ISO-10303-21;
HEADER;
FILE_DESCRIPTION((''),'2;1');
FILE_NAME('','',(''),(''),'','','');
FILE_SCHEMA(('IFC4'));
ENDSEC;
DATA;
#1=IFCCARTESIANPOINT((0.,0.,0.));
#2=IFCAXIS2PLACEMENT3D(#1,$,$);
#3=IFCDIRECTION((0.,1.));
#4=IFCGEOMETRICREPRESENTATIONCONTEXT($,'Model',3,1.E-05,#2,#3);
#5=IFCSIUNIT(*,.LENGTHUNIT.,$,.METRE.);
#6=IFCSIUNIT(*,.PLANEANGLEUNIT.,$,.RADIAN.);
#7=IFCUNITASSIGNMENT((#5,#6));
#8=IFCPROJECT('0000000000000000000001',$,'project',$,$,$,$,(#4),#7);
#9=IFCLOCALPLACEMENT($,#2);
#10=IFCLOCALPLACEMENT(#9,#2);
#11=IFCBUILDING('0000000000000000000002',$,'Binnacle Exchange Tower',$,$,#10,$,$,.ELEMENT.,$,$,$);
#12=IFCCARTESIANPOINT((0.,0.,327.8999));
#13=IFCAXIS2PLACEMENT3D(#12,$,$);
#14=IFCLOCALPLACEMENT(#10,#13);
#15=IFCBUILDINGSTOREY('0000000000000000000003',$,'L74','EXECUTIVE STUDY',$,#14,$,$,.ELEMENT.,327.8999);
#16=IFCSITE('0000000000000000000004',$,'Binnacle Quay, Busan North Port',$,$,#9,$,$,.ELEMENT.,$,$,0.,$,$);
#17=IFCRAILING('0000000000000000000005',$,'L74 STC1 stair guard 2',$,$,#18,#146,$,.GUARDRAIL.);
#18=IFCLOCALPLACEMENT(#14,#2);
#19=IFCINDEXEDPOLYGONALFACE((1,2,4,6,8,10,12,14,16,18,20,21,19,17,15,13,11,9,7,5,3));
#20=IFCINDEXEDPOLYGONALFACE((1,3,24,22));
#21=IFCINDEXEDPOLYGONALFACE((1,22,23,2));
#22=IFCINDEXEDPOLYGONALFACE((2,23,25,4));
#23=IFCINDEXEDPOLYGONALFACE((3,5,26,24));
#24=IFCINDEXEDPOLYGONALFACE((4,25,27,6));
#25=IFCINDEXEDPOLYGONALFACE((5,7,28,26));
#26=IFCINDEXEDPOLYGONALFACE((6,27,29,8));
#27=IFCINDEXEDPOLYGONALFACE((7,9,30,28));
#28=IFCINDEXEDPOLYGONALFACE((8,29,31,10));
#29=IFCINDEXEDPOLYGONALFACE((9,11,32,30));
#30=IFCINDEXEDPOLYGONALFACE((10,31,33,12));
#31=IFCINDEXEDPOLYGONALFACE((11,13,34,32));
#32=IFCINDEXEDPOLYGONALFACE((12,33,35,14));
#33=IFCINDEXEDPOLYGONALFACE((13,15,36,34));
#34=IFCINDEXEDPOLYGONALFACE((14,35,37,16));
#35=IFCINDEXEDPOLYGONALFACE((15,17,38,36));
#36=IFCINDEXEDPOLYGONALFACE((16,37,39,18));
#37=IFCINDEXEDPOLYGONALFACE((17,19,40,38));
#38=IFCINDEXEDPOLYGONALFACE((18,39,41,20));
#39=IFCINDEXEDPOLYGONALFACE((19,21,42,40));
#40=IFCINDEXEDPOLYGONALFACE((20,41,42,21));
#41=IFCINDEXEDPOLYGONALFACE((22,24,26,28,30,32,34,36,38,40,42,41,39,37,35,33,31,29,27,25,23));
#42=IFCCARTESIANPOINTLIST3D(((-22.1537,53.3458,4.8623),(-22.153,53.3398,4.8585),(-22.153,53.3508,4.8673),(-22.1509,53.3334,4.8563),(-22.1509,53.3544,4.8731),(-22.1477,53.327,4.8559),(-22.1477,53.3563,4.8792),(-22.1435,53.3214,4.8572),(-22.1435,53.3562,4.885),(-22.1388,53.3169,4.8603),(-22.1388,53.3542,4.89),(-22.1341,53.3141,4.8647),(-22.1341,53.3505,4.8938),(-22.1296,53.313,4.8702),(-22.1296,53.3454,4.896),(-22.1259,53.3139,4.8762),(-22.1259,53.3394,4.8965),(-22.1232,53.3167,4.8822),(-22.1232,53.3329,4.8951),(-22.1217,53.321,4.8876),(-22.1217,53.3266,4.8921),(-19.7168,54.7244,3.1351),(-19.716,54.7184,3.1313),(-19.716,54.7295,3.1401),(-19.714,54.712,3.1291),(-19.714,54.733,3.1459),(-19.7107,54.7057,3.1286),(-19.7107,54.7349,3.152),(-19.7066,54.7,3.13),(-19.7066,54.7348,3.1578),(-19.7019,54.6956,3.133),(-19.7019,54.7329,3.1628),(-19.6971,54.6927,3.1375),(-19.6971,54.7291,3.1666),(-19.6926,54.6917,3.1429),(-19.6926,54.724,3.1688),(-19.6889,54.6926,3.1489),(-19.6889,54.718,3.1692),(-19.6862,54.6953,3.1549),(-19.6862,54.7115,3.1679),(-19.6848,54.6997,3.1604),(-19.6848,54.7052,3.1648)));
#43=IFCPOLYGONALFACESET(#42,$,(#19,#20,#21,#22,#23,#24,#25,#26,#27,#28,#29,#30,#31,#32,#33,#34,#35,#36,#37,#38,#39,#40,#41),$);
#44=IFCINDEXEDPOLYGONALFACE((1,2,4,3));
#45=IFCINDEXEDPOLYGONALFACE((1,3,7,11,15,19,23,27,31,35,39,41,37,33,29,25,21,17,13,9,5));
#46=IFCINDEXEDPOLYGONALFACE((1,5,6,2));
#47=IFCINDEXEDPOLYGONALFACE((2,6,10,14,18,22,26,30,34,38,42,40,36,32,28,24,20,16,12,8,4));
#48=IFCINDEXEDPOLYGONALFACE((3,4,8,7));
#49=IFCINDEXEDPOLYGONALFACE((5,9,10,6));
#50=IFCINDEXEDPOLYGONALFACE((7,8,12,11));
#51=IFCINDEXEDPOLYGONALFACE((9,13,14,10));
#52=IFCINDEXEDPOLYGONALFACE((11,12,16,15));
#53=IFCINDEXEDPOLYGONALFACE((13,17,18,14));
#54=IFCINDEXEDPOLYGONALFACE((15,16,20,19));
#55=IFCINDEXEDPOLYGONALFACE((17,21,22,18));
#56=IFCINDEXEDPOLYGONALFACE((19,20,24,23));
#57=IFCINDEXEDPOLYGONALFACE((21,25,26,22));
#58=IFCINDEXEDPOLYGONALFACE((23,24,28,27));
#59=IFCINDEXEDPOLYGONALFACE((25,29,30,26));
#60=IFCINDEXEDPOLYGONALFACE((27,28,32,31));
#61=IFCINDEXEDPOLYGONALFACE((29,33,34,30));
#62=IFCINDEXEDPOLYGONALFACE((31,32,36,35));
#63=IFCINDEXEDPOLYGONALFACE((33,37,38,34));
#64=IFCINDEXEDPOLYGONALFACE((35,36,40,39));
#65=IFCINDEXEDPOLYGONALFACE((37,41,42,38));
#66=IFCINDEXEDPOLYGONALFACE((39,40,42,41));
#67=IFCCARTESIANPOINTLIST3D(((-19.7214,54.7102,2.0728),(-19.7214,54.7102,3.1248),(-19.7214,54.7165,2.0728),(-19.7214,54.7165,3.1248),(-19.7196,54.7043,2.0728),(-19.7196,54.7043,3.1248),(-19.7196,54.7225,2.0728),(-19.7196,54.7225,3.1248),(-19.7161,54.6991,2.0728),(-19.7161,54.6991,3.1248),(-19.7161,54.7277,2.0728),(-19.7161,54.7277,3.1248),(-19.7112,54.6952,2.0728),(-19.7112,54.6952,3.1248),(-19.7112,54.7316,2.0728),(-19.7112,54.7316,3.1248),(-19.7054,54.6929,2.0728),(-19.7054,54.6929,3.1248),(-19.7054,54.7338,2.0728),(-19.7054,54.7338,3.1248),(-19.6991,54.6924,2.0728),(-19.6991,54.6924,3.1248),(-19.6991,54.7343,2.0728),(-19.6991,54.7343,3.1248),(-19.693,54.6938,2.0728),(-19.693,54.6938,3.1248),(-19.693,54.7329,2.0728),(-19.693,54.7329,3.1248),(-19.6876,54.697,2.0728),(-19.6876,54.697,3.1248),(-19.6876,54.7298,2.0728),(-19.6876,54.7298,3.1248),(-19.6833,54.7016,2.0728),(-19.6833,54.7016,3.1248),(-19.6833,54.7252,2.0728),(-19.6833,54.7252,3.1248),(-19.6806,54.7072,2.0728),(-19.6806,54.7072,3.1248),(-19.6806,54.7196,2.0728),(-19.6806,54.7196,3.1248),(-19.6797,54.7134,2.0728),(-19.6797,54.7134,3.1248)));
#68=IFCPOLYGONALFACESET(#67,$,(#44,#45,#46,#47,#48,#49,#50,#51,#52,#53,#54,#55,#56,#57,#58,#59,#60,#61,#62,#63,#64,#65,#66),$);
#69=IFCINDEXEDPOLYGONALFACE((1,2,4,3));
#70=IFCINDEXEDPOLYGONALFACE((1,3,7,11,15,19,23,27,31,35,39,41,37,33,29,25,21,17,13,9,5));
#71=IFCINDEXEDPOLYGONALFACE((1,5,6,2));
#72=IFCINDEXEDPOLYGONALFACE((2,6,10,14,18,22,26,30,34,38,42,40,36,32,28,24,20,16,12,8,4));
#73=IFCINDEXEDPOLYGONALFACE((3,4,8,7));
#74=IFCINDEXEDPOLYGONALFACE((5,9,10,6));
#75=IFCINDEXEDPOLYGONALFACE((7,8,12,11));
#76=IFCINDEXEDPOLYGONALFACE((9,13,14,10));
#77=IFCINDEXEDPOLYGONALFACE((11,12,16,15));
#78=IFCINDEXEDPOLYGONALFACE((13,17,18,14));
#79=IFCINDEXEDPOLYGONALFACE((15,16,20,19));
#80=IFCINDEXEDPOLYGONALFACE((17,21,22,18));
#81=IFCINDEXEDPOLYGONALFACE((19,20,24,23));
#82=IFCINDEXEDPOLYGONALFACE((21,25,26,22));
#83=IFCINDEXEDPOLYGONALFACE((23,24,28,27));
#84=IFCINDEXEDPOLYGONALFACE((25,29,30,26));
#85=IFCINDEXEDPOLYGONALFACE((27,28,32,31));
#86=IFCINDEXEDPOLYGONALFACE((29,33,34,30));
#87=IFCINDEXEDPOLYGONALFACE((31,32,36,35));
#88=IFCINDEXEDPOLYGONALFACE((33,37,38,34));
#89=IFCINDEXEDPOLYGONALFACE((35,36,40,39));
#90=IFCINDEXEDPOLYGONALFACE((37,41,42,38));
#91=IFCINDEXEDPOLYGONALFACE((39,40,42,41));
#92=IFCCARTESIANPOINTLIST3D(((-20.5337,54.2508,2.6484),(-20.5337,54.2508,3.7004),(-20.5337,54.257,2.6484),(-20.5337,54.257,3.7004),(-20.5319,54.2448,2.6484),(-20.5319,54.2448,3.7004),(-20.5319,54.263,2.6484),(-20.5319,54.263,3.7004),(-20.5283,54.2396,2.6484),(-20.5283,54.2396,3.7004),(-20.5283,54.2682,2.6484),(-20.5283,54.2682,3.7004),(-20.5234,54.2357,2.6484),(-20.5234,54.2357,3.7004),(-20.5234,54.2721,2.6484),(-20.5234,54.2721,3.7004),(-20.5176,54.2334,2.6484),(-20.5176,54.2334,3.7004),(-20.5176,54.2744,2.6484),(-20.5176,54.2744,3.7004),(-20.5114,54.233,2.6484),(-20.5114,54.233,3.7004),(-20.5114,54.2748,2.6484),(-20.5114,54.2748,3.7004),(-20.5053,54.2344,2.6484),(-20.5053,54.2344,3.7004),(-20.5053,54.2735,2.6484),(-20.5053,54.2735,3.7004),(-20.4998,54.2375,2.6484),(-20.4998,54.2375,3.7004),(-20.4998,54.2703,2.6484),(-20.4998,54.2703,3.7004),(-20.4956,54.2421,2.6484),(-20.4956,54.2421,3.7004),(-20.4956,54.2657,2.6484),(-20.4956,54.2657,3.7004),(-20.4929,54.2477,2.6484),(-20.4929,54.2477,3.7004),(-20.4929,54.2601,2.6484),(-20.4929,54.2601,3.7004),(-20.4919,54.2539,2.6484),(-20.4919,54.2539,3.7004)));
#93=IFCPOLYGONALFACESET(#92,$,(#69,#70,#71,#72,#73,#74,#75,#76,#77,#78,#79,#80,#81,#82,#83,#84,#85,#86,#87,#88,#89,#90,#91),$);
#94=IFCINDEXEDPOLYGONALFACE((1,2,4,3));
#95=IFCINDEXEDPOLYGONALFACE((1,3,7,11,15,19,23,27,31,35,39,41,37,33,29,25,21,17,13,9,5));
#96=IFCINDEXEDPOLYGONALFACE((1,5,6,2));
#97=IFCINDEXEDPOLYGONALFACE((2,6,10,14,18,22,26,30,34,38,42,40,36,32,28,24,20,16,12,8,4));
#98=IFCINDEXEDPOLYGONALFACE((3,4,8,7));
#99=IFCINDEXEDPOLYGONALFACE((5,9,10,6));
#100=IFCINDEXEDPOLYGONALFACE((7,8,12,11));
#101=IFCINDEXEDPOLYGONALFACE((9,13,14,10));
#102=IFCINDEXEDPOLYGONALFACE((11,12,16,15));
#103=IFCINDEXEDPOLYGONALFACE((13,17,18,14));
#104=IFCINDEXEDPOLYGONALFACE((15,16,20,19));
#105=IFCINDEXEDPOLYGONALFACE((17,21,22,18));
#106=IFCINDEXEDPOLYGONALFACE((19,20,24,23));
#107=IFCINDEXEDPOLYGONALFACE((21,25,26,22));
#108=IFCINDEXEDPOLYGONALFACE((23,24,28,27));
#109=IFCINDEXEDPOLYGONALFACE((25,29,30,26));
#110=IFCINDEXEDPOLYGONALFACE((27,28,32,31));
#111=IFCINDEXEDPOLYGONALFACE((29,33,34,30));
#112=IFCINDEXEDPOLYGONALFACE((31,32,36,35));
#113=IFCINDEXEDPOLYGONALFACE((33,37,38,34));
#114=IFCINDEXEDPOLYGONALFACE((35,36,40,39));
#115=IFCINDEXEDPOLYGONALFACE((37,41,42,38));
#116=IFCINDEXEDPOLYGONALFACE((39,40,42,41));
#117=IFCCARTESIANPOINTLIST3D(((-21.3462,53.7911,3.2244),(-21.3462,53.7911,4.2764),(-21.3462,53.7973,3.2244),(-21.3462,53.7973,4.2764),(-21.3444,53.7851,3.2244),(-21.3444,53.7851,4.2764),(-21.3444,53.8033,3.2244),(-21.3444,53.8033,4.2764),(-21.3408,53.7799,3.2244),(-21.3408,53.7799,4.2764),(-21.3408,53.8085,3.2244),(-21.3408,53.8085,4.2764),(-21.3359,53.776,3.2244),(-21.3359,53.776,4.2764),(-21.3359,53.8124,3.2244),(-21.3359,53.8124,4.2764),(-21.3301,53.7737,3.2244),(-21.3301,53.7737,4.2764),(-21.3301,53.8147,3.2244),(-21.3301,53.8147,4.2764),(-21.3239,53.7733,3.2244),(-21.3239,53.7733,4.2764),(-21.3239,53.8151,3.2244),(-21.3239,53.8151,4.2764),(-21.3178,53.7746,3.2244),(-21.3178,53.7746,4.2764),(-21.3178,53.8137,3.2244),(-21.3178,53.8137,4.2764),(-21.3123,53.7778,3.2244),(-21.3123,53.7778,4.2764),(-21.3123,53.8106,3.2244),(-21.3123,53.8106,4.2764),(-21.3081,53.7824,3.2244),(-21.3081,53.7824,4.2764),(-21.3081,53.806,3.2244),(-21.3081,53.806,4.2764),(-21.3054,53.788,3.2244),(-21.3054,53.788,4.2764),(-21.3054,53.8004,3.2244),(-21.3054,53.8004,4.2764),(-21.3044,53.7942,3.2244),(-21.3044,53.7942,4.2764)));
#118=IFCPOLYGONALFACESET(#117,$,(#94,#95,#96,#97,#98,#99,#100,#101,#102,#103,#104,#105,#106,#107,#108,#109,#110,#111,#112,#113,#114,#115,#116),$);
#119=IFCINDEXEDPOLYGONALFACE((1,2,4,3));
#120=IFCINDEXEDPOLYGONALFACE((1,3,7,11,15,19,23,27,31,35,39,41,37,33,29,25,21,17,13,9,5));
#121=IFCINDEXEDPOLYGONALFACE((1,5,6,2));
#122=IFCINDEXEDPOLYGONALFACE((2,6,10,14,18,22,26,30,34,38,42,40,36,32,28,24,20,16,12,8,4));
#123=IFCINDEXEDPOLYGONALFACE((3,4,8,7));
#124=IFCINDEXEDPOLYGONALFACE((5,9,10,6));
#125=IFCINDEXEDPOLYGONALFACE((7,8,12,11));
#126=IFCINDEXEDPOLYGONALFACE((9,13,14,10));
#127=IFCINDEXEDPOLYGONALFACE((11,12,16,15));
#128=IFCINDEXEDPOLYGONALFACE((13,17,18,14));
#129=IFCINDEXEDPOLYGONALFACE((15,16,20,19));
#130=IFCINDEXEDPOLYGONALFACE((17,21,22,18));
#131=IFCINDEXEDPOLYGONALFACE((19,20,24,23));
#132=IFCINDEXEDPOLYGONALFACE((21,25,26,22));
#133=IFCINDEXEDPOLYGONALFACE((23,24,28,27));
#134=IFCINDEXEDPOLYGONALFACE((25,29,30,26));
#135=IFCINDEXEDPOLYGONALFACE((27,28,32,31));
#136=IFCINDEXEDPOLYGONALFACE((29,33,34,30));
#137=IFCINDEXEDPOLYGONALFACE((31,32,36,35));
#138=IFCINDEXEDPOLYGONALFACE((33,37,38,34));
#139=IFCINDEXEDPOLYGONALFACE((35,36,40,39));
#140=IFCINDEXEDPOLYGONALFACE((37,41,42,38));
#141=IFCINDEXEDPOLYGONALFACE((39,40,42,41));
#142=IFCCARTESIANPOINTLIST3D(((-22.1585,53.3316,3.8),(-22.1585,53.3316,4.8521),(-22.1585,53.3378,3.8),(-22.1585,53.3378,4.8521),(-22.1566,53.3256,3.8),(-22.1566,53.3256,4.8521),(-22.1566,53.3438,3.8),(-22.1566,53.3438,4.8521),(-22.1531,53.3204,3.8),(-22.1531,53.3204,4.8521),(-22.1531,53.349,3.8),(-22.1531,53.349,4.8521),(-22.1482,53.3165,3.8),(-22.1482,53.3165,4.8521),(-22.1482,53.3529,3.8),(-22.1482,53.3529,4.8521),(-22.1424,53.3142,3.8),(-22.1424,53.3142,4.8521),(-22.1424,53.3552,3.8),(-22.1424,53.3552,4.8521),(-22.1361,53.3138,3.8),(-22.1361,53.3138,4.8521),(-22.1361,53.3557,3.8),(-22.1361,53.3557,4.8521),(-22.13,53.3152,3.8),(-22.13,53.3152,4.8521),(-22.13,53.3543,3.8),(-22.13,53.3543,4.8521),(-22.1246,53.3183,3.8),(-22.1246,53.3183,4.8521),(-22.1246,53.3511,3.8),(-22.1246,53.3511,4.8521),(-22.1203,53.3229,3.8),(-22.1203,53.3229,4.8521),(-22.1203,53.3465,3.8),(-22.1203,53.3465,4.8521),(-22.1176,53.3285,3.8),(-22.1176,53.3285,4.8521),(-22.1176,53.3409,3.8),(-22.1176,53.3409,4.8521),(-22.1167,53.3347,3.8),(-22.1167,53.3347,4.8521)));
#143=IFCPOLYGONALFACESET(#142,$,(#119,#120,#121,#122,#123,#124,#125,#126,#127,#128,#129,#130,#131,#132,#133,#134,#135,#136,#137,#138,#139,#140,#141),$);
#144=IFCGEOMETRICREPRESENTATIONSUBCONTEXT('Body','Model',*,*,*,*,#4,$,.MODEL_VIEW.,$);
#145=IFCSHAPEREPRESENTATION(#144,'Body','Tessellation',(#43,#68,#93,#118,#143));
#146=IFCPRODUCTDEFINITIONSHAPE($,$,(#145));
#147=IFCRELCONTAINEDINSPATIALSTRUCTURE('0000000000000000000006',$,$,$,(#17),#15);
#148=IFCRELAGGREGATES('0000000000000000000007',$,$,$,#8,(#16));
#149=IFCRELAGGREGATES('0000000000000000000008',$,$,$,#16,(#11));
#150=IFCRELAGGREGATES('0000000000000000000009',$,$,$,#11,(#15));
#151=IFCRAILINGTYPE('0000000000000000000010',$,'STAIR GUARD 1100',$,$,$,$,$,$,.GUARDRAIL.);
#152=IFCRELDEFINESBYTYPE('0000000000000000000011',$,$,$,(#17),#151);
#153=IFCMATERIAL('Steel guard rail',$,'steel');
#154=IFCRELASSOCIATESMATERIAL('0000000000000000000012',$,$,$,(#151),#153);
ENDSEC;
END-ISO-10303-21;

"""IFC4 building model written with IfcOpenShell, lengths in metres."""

from ifc_helpers import new_model, si_unit, direction, frame, origin, origin_2d, place, context, subcontext, project, spatial, circle, extrude, material, type_object, element, save


model = new_model("IFC4")

# Units and contexts
model_context = context("Model", 3, precision=1e-05, world=origin(), true_north=direction((0.0, 1.0)))
body_context = subcontext(model_context, "Body", "Model", "MODEL_VIEW")
ifc_project = project(units=[si_unit("LENGTHUNIT", "METRE"), si_unit("PLANEANGLEUNIT", "RADIAN")], contexts=[model_context])

# Site, building, storey
site_placement = place(None, origin())
site = spatial("IfcSite", under=ifc_project, at=site_placement, Name="Binnacle Quay, Busan North Port", CompositionType="ELEMENT", RefElevation=0.0)
building_placement = place(site_placement, origin())
building = spatial("IfcBuilding", under=site, at=building_placement, Name="Binnacle Exchange Tower", CompositionType="ELEMENT")
storey_placement = place(building_placement, frame((0.0, 0.0, 327.8999)))
storey = spatial("IfcBuildingStorey", under=building, at=storey_placement, Name="L74", Description="EXECUTIVE STUDY", CompositionType="ELEMENT", Elevation=327.8999)

# Railing
ifc_material_1 = material(Name="Steel guard rail", Category="steel")
railing_type = type_object("IfcRailingType", Name="STAIR GUARD 1100", PredefinedType="GUARDRAIL", material=ifc_material_1)
railing_placement = place(storey_placement, frame((-19.7007, 54.7134, 2.0728)))
element("IfcRailing", 1, at=railing_placement, inside=storey, type_object=railing_type, Name="L74 STC1 stair guard 2", PredefinedType="GUARDRAIL", context=body_context, shape_type="SweptSolid", body=[
    extrude(circle(Radius=0.0239, at=origin_2d()), frame((0.0, 0.0, 1.0762), z_axis=(-0.740761, -0.419062, 0.525033), x_axis=(0.492388, -0.870376, 0.0)), (0.0, 0.0, 1.0), 3.2898),
    extrude(circle(Radius=0.021, at=origin_2d()), origin(), (0.0, 0.0, 1.0), 1.052),
    extrude(circle(Radius=0.021, at=origin_2d()), frame((-0.8123, -0.4595, 0.5757)), (0.0, 0.0, 1.0), 1.052),
    extrude(circle(Radius=0.021, at=origin_2d()), frame((-1.6248, -0.9192, 1.1516)), (0.0, 0.0, 1.0), 1.052),
    extrude(circle(Radius=0.021, at=origin_2d()), frame((-2.437, -1.3787, 1.7273)), (0.0, 0.0, 1.0), 1.052),
])

save(model, "model.ifc")
